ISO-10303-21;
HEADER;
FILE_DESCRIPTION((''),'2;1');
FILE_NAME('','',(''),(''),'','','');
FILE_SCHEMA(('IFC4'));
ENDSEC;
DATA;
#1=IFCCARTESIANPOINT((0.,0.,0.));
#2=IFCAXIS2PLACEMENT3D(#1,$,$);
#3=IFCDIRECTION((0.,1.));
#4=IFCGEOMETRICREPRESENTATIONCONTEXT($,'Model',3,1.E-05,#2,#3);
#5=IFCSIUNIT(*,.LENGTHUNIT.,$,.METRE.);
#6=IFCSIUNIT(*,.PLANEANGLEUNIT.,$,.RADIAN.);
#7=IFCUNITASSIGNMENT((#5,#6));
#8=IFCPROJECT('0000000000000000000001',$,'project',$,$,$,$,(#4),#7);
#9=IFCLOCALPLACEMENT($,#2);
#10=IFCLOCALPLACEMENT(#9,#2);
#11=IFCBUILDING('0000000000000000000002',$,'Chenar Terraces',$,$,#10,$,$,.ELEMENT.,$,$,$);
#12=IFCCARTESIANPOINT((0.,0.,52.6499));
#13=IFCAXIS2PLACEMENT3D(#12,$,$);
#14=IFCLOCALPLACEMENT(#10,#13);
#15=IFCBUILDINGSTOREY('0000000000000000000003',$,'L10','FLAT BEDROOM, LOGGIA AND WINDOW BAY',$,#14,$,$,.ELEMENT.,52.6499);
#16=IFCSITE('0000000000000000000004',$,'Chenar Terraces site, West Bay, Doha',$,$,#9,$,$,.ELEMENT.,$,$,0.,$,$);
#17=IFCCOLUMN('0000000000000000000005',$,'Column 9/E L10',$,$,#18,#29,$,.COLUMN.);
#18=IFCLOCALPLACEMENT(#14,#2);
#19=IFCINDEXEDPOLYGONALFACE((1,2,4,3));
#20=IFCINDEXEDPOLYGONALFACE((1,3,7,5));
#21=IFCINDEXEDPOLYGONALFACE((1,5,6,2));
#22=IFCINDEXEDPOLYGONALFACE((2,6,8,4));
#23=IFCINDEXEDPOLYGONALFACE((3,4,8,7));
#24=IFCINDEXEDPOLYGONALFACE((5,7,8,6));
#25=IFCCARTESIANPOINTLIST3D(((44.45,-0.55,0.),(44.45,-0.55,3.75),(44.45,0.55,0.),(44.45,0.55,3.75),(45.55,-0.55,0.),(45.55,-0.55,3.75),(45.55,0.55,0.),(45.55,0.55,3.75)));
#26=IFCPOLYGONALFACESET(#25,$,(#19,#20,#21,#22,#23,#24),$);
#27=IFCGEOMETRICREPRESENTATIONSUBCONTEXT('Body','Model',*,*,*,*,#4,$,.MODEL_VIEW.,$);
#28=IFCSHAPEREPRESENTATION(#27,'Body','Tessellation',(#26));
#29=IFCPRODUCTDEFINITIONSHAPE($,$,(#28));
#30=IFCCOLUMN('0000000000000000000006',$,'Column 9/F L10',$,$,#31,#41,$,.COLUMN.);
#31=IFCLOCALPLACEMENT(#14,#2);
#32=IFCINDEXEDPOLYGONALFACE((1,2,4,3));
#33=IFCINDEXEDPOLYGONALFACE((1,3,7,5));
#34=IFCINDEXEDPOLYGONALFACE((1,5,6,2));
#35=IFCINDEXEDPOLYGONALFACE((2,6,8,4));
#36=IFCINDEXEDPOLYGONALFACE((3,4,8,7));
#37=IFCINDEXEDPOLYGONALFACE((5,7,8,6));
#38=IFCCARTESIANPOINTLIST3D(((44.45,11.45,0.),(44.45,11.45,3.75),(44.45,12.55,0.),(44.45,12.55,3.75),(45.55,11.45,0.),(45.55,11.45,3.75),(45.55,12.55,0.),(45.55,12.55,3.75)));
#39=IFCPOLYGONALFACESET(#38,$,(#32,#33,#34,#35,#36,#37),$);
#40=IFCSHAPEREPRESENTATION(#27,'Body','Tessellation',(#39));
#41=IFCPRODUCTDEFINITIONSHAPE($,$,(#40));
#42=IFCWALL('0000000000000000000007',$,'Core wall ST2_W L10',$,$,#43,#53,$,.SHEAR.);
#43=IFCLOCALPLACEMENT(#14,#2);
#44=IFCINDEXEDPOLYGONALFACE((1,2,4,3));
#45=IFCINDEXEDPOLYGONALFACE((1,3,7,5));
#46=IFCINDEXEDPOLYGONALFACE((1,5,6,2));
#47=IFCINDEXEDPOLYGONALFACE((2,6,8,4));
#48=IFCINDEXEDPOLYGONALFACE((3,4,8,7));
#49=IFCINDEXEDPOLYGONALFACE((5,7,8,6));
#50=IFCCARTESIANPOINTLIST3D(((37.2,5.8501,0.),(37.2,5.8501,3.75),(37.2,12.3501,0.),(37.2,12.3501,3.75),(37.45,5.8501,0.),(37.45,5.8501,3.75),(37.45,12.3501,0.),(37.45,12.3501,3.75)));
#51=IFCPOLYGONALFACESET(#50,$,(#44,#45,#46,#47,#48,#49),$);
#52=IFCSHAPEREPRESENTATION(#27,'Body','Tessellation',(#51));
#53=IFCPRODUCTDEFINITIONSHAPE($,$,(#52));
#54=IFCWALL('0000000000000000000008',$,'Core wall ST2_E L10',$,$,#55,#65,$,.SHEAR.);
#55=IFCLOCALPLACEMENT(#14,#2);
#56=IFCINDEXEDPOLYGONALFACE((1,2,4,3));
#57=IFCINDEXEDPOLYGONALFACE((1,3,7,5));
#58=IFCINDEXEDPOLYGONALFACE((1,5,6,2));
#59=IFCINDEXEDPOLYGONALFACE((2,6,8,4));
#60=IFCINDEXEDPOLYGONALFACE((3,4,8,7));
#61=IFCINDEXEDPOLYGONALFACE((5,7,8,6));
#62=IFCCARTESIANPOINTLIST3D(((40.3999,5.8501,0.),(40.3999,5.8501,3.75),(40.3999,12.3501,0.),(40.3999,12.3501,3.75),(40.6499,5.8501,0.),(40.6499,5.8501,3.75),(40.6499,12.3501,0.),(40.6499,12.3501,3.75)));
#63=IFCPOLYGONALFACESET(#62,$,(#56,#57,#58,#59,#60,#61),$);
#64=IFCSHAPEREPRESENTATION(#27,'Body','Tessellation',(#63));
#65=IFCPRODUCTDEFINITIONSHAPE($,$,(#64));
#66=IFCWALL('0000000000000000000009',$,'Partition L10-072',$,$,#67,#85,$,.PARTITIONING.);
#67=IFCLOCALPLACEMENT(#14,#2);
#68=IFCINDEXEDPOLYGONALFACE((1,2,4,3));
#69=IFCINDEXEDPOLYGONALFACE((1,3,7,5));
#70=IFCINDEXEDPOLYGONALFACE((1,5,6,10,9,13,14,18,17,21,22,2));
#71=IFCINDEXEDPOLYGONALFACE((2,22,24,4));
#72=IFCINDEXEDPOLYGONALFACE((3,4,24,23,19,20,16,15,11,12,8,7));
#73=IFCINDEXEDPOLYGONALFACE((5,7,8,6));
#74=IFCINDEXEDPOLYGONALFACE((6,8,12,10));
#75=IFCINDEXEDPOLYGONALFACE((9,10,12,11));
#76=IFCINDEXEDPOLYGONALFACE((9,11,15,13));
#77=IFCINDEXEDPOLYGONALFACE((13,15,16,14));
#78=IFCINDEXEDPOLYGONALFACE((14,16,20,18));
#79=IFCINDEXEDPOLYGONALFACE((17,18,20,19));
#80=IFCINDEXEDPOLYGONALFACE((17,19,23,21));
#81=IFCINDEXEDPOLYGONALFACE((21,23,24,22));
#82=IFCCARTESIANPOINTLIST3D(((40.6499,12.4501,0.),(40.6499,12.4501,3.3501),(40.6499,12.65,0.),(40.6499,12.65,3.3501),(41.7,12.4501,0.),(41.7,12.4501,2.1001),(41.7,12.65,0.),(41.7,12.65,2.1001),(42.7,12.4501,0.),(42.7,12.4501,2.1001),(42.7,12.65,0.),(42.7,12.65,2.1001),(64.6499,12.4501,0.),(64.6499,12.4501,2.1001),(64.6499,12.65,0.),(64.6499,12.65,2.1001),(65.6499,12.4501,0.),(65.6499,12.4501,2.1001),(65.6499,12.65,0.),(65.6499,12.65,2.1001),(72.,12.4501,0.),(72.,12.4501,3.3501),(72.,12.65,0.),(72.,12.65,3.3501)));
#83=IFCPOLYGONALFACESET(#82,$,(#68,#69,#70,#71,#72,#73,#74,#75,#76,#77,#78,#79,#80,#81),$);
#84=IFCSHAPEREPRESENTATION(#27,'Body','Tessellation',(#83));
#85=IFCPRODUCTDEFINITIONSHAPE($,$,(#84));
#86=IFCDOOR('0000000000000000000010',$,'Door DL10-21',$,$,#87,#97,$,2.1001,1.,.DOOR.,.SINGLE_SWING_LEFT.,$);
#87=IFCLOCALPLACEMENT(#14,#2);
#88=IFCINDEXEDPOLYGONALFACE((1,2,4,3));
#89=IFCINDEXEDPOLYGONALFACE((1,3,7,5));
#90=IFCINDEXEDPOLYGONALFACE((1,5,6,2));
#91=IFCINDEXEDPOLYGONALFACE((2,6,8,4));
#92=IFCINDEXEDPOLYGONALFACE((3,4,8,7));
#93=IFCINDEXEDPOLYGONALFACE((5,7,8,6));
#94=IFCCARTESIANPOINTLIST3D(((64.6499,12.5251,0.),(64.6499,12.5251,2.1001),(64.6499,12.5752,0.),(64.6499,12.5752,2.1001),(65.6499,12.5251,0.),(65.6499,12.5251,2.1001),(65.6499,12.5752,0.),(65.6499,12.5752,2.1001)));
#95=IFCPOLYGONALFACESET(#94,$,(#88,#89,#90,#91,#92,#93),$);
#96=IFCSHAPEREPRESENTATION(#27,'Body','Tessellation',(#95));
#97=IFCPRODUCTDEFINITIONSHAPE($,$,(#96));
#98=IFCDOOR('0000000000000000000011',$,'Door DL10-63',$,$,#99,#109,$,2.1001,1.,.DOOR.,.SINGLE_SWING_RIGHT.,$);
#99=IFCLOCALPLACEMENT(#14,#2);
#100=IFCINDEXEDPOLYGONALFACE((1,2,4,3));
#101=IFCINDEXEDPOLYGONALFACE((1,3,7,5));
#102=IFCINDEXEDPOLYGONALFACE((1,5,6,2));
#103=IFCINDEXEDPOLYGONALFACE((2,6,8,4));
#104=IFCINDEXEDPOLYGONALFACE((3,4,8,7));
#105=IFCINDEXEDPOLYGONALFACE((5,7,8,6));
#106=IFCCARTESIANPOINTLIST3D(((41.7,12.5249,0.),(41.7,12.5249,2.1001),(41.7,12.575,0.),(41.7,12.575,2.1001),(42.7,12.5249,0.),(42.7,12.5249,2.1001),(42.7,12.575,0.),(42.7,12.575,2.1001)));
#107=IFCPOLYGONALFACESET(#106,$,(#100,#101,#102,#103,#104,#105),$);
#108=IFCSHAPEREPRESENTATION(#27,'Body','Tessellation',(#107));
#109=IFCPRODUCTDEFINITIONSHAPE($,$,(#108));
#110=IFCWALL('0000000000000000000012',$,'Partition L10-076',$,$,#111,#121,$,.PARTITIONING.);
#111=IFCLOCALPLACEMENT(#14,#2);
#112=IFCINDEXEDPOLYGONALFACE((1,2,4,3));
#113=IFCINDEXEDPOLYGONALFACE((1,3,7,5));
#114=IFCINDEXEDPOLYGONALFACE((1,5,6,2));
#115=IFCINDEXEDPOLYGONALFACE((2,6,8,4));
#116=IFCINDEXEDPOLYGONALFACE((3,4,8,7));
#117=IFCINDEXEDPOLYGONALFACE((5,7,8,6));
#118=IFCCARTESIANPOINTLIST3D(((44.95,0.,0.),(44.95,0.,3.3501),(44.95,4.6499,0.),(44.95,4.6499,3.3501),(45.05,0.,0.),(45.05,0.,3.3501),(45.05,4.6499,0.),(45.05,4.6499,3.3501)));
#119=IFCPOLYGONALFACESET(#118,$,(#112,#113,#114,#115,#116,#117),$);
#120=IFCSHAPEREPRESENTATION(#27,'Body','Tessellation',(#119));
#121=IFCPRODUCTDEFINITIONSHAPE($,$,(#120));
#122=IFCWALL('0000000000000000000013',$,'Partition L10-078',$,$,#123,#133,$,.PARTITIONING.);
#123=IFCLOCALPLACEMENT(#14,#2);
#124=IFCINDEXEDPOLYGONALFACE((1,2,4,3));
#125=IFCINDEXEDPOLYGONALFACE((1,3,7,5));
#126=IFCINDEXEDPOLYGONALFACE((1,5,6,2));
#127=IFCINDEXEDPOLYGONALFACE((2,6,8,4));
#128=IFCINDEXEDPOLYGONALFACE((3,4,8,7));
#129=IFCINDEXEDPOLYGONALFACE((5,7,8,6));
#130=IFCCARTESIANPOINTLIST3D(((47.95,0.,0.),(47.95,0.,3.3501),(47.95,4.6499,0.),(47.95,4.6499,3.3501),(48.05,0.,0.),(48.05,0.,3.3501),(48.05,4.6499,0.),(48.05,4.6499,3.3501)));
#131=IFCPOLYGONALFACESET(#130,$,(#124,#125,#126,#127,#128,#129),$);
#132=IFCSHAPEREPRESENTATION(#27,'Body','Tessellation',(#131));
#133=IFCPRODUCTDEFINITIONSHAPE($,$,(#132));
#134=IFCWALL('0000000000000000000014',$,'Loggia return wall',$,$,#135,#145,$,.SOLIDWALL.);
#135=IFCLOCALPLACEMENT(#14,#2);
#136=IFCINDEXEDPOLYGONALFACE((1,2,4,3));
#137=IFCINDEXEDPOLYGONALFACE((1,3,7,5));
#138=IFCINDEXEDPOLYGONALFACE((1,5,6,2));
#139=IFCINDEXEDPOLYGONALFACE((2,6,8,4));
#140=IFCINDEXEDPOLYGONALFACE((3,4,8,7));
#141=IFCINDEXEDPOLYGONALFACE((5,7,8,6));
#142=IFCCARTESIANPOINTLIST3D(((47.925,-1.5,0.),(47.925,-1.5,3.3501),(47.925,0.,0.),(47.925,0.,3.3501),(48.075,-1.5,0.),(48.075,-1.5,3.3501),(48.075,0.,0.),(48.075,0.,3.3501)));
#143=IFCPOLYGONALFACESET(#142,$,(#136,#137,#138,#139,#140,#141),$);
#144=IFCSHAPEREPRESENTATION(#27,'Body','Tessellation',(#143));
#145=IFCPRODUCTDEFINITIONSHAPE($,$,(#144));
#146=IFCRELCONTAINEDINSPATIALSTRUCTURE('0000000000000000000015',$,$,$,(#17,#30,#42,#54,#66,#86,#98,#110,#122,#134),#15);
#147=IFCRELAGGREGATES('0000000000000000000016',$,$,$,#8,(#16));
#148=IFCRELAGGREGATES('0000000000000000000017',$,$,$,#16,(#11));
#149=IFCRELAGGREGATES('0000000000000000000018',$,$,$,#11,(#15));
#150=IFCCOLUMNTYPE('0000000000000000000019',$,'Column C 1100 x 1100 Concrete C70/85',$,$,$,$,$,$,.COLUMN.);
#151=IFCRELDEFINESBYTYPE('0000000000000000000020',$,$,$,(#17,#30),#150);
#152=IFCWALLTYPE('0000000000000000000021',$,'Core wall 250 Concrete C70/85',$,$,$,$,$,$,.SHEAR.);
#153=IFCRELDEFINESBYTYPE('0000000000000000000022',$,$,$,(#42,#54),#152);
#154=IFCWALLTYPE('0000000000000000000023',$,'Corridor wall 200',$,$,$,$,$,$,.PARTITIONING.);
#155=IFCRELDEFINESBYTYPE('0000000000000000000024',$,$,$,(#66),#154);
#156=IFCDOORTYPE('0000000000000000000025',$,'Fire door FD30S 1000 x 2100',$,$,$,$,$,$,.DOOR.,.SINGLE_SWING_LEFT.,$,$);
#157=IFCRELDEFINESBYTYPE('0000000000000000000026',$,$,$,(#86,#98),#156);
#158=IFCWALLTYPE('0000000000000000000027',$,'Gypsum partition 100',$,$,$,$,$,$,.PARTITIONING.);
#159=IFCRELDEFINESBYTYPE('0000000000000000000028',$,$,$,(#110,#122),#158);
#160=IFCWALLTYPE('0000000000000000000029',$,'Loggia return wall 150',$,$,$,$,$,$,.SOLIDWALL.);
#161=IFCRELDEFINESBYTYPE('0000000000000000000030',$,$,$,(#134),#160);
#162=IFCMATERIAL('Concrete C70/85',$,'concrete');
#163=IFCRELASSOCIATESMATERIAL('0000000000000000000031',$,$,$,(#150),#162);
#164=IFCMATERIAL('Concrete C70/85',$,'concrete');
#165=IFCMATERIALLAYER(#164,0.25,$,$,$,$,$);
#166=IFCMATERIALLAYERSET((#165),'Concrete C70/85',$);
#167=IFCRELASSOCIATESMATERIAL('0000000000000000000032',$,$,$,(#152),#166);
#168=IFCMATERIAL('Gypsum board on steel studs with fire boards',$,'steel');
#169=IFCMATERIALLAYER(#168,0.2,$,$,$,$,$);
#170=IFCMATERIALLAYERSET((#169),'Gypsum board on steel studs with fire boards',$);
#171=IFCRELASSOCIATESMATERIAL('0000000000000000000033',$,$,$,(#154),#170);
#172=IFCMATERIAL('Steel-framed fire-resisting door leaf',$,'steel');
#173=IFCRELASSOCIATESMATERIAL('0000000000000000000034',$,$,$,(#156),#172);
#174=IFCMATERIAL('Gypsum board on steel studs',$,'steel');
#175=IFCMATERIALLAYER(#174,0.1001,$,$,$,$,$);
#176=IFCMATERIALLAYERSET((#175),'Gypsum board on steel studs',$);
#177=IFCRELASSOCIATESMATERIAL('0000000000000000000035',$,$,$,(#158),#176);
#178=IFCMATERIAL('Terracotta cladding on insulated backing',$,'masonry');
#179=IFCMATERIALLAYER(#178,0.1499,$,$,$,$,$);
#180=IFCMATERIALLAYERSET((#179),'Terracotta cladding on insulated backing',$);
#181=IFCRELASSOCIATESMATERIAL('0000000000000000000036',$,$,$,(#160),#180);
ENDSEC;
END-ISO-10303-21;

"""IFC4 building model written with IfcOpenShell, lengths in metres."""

from ifc_helpers import new_model, si_unit, direction, frame, frame_2d, origin, origin_2d, place, context, subcontext, project, spatial, rectangle, extrude, material, layer, layer_set, material_profile, profile_set, type_object, element, fill, save


model = new_model("IFC4")

# Units and contexts
model_context = context("Model", 3, precision=1e-05, world=origin(), true_north=direction((0.0, 1.0)))
body_context = subcontext(model_context, "Body", "Model", "MODEL_VIEW")
ifc_project = project(units=[si_unit("LENGTHUNIT", "METRE"), si_unit("PLANEANGLEUNIT", "RADIAN")], contexts=[model_context])

# Site, building, storey
site_placement = place(None, origin())
site = spatial("IfcSite", under=ifc_project, at=site_placement, Name="Chenar Terraces site, West Bay, Doha", CompositionType="ELEMENT", RefElevation=0.0)
building_placement = place(site_placement, origin())
building = spatial("IfcBuilding", under=site, at=building_placement, Name="Chenar Terraces", CompositionType="ELEMENT")
storey_placement = place(building_placement, frame((0.0, 0.0, 52.6499)))
storey = spatial("IfcBuildingStorey", under=building, at=storey_placement, Name="L10", Description="FLAT BEDROOM, LOGGIA AND WINDOW BAY", CompositionType="ELEMENT", Elevation=52.6499)

# Columns
ifc_material_1 = material(Name="Concrete C70/85", Category="concrete")
ifc_material_profile = material_profile(ifc_material_1, rectangle(XDim=1.1001, YDim=1.1001, at=origin_2d()), Name="C 1100 x 1100")
ifc_profile_set = profile_set([ifc_material_profile], Name="Concrete C70/85")
column_type = type_object("IfcColumnType", Name="Column C 1100 x 1100 Concrete C70/85", PredefinedType="COLUMN", material=ifc_profile_set)
for number, where, z_axis, x_axis, name in (
    (1, (45.0, 0.0, 0.0), (0.0, 0.0, 1.0), (1.0, 0.0, 0.0), "Column 9/E L10"),
    (2, (45.0, 12.0, 0.0), (0.0, 0.0, 1.0), (1.0, 0.0, 0.0), "Column 9/F L10"),
):
    element("IfcColumn", number, at=place(storey_placement, frame(where, z_axis=z_axis, x_axis=x_axis)), inside=storey, type_object=column_type, Name=name, PredefinedType="COLUMN", context=body_context, shape_type="SweptSolid", body=[
        extrude(rectangle(XDim=1.1001, YDim=1.1001, at=origin_2d()), origin(), (0.0, 0.0, 1.0), 3.75),
    ])

# Walls
ifc_material_2 = material(Name="Concrete C70/85", Category="concrete")
ifc_layer_1 = layer(ifc_material_2, 0.25)
ifc_layer_set_1 = layer_set([ifc_layer_1], Name="Concrete C70/85")
wall_type_1 = type_object("IfcWallType", Name="Core wall 250 Concrete C70/85", PredefinedType="SHEAR", material=ifc_layer_set_1)
for number, where, z_axis, x_axis, name in (
    (3, (37.325, 5.8501, 0.0), (0.0, 0.0, 1.0), (0.0, 1.0, 0.0), "Core wall ST2_W L10"),
    (4, (40.5249, 5.8501, 0.0), (0.0, 0.0, 1.0), (0.0, 1.0, 0.0), "Core wall ST2_E L10"),
):
    element("IfcWall", number, at=place(storey_placement, frame(where, z_axis=z_axis, x_axis=x_axis)), inside=storey, type_object=wall_type_1, Name=name, PredefinedType="SHEAR", context=body_context, shape_type="SweptSolid", body=[
        extrude(rectangle(XDim=6.5, YDim=0.25, at=frame_2d((3.25, 0.0))), origin(), (0.0, 0.0, 1.0), 3.75),
    ])

# Wall, openings, doors
ifc_material_3 = material(Name="Gypsum board on steel studs with fire boards", Category="steel")
ifc_layer_2 = layer(ifc_material_3, 0.2)
ifc_layer_set_2 = layer_set([ifc_layer_2], Name="Gypsum board on steel studs with fire boards")
wall_type_2 = type_object("IfcWallType", Name="Corridor wall 200", PredefinedType="PARTITIONING", material=ifc_layer_set_2)
wall_1_placement = place(storey_placement, frame((40.6499, 12.55, 0.0), z_axis=(0.0, 0.0, 1.0), x_axis=(1.0, 0.0, 0.0)))
wall_1 = element("IfcWall", 5, at=wall_1_placement, inside=storey, type_object=wall_type_2, Name="Partition L10-072", PredefinedType="PARTITIONING", context=body_context, shape_type="SweptSolid", body=[
    extrude(rectangle(XDim=31.3501, YDim=0.2, at=frame_2d((15.675, 0.0))), origin(), (0.0, 0.0, 1.0), 3.3501),
])
opening_1_placement = place(wall_1_placement, frame((24.0, 0.0, 0.0)))
opening_1 = element("IfcOpeningElement", 6, at=opening_1_placement, cuts=wall_1, PredefinedType="OPENING", context=body_context, shape_type="SweptSolid", body=[
    extrude(rectangle(XDim=1.0, YDim=2.1001, at=frame_2d((0.5, 1.05))), frame((0.0, 0.1099, 0.0), z_axis=(0.0, -1.0, 0.0), x_axis=(1.0, 0.0, 0.0)), (0.0, 0.0, 1.0), 0.22),
])
opening_2_placement = place(wall_1_placement, frame((1.05, 0.0, 0.0)))
opening_2 = element("IfcOpeningElement", 7, at=opening_2_placement, cuts=wall_1, PredefinedType="OPENING", context=body_context, shape_type="SweptSolid", body=[
    extrude(rectangle(XDim=1.0, YDim=2.1001, at=frame_2d((0.5, 1.05))), frame((0.0, 0.1099, 0.0), z_axis=(0.0, -1.0, 0.0), x_axis=(1.0, 0.0, 0.0)), (0.0, 0.0, 1.0), 0.22),
])
ifc_material_4 = material(Name="Steel-framed fire-resisting door leaf", Category="steel")
door_type_1 = type_object("IfcDoorType", Name="Fire door FD30S 1000 x 2100", OperationType="SINGLE_SWING_LEFT", PredefinedType="DOOR", material=ifc_material_4)
door_1_placement = place(opening_1_placement, frame((1.0, 0.0, 0.0), z_axis=(0.0, 0.0, 1.0), x_axis=(-1.0, 0.0, 0.0)))
door_1 = element("IfcDoor", 8, at=door_1_placement, inside=storey, type_object=door_type_1, Name="Door DL10-21", OperationType="SINGLE_SWING_LEFT", OverallHeight=2.1001, OverallWidth=1.0, PredefinedType="DOOR", context=body_context, shape_type="SweptSolid", body=[
    extrude(rectangle(XDim=1.0, YDim=2.1001, at=frame_2d((0.5, 1.05))), frame((0.0, 0.0249, 0.0), z_axis=(0.0, -1.0, 0.0), x_axis=(1.0, 0.0, 0.0)), (0.0, 0.0, 1.0), 0.05),
])
fill(opening_1, door_1)
door_2_placement = place(opening_2_placement, origin())
door_2 = element("IfcDoor", 9, at=door_2_placement, inside=storey, type_object=door_type_1, Name="Door DL10-63", OperationType="SINGLE_SWING_RIGHT", OverallHeight=2.1001, OverallWidth=1.0, PredefinedType="DOOR", context=body_context, shape_type="SweptSolid", body=[
    extrude(rectangle(XDim=1.0, YDim=2.1001, at=frame_2d((0.5, 1.05))), frame((0.0, 0.0249, 0.0), z_axis=(0.0, -1.0, 0.0), x_axis=(1.0, 0.0, 0.0)), (0.0, 0.0, 1.0), 0.05),
])
fill(opening_2, door_2)

# Walls
ifc_material_5 = material(Name="Gypsum board on steel studs", Category="steel")
ifc_layer_3 = layer(ifc_material_5, 0.1001)
ifc_layer_set_3 = layer_set([ifc_layer_3], Name="Gypsum board on steel studs")
wall_type_3 = type_object("IfcWallType", Name="Gypsum partition 100", PredefinedType="PARTITIONING", material=ifc_layer_set_3)
for number, where, z_axis, x_axis, name in (
    (10, (45.0, 0.0, 0.0), (0.0, 0.0, 1.0), (0.0, 1.0, 0.0), "Partition L10-076"),
    (11, (48.0, 0.0, 0.0), (0.0, 0.0, 1.0), (0.0, 1.0, 0.0), "Partition L10-078"),
):
    element("IfcWall", number, at=place(storey_placement, frame(where, z_axis=z_axis, x_axis=x_axis)), inside=storey, type_object=wall_type_3, Name=name, PredefinedType="PARTITIONING", context=body_context, shape_type="SweptSolid", body=[
        extrude(rectangle(XDim=4.6499, YDim=0.1001, at=frame_2d((2.325, 0.0))), origin(), (0.0, 0.0, 1.0), 3.3501),
    ])
ifc_material_6 = material(Name="Terracotta cladding on insulated backing", Category="masonry")
ifc_layer_4 = layer(ifc_material_6, 0.1499)
ifc_layer_set_4 = layer_set([ifc_layer_4], Name="Terracotta cladding on insulated backing")
wall_type_4 = type_object("IfcWallType", Name="Loggia return wall 150", PredefinedType="SOLIDWALL", material=ifc_layer_set_4)
wall_2_placement = place(storey_placement, frame((48.0, -1.5, 0.0), z_axis=(0.0, 0.0, 1.0), x_axis=(0.0, 1.0, 0.0)))
element("IfcWall", 12, at=wall_2_placement, inside=storey, type_object=wall_type_4, Name="Loggia return wall", PredefinedType="SOLIDWALL", context=body_context, shape_type="SweptSolid", body=[
    extrude(rectangle(XDim=1.5, YDim=0.1499, at=frame_2d((0.75, 0.0))), origin(), (0.0, 0.0, 1.0), 3.3501),
])

save(model, "model.ifc")
